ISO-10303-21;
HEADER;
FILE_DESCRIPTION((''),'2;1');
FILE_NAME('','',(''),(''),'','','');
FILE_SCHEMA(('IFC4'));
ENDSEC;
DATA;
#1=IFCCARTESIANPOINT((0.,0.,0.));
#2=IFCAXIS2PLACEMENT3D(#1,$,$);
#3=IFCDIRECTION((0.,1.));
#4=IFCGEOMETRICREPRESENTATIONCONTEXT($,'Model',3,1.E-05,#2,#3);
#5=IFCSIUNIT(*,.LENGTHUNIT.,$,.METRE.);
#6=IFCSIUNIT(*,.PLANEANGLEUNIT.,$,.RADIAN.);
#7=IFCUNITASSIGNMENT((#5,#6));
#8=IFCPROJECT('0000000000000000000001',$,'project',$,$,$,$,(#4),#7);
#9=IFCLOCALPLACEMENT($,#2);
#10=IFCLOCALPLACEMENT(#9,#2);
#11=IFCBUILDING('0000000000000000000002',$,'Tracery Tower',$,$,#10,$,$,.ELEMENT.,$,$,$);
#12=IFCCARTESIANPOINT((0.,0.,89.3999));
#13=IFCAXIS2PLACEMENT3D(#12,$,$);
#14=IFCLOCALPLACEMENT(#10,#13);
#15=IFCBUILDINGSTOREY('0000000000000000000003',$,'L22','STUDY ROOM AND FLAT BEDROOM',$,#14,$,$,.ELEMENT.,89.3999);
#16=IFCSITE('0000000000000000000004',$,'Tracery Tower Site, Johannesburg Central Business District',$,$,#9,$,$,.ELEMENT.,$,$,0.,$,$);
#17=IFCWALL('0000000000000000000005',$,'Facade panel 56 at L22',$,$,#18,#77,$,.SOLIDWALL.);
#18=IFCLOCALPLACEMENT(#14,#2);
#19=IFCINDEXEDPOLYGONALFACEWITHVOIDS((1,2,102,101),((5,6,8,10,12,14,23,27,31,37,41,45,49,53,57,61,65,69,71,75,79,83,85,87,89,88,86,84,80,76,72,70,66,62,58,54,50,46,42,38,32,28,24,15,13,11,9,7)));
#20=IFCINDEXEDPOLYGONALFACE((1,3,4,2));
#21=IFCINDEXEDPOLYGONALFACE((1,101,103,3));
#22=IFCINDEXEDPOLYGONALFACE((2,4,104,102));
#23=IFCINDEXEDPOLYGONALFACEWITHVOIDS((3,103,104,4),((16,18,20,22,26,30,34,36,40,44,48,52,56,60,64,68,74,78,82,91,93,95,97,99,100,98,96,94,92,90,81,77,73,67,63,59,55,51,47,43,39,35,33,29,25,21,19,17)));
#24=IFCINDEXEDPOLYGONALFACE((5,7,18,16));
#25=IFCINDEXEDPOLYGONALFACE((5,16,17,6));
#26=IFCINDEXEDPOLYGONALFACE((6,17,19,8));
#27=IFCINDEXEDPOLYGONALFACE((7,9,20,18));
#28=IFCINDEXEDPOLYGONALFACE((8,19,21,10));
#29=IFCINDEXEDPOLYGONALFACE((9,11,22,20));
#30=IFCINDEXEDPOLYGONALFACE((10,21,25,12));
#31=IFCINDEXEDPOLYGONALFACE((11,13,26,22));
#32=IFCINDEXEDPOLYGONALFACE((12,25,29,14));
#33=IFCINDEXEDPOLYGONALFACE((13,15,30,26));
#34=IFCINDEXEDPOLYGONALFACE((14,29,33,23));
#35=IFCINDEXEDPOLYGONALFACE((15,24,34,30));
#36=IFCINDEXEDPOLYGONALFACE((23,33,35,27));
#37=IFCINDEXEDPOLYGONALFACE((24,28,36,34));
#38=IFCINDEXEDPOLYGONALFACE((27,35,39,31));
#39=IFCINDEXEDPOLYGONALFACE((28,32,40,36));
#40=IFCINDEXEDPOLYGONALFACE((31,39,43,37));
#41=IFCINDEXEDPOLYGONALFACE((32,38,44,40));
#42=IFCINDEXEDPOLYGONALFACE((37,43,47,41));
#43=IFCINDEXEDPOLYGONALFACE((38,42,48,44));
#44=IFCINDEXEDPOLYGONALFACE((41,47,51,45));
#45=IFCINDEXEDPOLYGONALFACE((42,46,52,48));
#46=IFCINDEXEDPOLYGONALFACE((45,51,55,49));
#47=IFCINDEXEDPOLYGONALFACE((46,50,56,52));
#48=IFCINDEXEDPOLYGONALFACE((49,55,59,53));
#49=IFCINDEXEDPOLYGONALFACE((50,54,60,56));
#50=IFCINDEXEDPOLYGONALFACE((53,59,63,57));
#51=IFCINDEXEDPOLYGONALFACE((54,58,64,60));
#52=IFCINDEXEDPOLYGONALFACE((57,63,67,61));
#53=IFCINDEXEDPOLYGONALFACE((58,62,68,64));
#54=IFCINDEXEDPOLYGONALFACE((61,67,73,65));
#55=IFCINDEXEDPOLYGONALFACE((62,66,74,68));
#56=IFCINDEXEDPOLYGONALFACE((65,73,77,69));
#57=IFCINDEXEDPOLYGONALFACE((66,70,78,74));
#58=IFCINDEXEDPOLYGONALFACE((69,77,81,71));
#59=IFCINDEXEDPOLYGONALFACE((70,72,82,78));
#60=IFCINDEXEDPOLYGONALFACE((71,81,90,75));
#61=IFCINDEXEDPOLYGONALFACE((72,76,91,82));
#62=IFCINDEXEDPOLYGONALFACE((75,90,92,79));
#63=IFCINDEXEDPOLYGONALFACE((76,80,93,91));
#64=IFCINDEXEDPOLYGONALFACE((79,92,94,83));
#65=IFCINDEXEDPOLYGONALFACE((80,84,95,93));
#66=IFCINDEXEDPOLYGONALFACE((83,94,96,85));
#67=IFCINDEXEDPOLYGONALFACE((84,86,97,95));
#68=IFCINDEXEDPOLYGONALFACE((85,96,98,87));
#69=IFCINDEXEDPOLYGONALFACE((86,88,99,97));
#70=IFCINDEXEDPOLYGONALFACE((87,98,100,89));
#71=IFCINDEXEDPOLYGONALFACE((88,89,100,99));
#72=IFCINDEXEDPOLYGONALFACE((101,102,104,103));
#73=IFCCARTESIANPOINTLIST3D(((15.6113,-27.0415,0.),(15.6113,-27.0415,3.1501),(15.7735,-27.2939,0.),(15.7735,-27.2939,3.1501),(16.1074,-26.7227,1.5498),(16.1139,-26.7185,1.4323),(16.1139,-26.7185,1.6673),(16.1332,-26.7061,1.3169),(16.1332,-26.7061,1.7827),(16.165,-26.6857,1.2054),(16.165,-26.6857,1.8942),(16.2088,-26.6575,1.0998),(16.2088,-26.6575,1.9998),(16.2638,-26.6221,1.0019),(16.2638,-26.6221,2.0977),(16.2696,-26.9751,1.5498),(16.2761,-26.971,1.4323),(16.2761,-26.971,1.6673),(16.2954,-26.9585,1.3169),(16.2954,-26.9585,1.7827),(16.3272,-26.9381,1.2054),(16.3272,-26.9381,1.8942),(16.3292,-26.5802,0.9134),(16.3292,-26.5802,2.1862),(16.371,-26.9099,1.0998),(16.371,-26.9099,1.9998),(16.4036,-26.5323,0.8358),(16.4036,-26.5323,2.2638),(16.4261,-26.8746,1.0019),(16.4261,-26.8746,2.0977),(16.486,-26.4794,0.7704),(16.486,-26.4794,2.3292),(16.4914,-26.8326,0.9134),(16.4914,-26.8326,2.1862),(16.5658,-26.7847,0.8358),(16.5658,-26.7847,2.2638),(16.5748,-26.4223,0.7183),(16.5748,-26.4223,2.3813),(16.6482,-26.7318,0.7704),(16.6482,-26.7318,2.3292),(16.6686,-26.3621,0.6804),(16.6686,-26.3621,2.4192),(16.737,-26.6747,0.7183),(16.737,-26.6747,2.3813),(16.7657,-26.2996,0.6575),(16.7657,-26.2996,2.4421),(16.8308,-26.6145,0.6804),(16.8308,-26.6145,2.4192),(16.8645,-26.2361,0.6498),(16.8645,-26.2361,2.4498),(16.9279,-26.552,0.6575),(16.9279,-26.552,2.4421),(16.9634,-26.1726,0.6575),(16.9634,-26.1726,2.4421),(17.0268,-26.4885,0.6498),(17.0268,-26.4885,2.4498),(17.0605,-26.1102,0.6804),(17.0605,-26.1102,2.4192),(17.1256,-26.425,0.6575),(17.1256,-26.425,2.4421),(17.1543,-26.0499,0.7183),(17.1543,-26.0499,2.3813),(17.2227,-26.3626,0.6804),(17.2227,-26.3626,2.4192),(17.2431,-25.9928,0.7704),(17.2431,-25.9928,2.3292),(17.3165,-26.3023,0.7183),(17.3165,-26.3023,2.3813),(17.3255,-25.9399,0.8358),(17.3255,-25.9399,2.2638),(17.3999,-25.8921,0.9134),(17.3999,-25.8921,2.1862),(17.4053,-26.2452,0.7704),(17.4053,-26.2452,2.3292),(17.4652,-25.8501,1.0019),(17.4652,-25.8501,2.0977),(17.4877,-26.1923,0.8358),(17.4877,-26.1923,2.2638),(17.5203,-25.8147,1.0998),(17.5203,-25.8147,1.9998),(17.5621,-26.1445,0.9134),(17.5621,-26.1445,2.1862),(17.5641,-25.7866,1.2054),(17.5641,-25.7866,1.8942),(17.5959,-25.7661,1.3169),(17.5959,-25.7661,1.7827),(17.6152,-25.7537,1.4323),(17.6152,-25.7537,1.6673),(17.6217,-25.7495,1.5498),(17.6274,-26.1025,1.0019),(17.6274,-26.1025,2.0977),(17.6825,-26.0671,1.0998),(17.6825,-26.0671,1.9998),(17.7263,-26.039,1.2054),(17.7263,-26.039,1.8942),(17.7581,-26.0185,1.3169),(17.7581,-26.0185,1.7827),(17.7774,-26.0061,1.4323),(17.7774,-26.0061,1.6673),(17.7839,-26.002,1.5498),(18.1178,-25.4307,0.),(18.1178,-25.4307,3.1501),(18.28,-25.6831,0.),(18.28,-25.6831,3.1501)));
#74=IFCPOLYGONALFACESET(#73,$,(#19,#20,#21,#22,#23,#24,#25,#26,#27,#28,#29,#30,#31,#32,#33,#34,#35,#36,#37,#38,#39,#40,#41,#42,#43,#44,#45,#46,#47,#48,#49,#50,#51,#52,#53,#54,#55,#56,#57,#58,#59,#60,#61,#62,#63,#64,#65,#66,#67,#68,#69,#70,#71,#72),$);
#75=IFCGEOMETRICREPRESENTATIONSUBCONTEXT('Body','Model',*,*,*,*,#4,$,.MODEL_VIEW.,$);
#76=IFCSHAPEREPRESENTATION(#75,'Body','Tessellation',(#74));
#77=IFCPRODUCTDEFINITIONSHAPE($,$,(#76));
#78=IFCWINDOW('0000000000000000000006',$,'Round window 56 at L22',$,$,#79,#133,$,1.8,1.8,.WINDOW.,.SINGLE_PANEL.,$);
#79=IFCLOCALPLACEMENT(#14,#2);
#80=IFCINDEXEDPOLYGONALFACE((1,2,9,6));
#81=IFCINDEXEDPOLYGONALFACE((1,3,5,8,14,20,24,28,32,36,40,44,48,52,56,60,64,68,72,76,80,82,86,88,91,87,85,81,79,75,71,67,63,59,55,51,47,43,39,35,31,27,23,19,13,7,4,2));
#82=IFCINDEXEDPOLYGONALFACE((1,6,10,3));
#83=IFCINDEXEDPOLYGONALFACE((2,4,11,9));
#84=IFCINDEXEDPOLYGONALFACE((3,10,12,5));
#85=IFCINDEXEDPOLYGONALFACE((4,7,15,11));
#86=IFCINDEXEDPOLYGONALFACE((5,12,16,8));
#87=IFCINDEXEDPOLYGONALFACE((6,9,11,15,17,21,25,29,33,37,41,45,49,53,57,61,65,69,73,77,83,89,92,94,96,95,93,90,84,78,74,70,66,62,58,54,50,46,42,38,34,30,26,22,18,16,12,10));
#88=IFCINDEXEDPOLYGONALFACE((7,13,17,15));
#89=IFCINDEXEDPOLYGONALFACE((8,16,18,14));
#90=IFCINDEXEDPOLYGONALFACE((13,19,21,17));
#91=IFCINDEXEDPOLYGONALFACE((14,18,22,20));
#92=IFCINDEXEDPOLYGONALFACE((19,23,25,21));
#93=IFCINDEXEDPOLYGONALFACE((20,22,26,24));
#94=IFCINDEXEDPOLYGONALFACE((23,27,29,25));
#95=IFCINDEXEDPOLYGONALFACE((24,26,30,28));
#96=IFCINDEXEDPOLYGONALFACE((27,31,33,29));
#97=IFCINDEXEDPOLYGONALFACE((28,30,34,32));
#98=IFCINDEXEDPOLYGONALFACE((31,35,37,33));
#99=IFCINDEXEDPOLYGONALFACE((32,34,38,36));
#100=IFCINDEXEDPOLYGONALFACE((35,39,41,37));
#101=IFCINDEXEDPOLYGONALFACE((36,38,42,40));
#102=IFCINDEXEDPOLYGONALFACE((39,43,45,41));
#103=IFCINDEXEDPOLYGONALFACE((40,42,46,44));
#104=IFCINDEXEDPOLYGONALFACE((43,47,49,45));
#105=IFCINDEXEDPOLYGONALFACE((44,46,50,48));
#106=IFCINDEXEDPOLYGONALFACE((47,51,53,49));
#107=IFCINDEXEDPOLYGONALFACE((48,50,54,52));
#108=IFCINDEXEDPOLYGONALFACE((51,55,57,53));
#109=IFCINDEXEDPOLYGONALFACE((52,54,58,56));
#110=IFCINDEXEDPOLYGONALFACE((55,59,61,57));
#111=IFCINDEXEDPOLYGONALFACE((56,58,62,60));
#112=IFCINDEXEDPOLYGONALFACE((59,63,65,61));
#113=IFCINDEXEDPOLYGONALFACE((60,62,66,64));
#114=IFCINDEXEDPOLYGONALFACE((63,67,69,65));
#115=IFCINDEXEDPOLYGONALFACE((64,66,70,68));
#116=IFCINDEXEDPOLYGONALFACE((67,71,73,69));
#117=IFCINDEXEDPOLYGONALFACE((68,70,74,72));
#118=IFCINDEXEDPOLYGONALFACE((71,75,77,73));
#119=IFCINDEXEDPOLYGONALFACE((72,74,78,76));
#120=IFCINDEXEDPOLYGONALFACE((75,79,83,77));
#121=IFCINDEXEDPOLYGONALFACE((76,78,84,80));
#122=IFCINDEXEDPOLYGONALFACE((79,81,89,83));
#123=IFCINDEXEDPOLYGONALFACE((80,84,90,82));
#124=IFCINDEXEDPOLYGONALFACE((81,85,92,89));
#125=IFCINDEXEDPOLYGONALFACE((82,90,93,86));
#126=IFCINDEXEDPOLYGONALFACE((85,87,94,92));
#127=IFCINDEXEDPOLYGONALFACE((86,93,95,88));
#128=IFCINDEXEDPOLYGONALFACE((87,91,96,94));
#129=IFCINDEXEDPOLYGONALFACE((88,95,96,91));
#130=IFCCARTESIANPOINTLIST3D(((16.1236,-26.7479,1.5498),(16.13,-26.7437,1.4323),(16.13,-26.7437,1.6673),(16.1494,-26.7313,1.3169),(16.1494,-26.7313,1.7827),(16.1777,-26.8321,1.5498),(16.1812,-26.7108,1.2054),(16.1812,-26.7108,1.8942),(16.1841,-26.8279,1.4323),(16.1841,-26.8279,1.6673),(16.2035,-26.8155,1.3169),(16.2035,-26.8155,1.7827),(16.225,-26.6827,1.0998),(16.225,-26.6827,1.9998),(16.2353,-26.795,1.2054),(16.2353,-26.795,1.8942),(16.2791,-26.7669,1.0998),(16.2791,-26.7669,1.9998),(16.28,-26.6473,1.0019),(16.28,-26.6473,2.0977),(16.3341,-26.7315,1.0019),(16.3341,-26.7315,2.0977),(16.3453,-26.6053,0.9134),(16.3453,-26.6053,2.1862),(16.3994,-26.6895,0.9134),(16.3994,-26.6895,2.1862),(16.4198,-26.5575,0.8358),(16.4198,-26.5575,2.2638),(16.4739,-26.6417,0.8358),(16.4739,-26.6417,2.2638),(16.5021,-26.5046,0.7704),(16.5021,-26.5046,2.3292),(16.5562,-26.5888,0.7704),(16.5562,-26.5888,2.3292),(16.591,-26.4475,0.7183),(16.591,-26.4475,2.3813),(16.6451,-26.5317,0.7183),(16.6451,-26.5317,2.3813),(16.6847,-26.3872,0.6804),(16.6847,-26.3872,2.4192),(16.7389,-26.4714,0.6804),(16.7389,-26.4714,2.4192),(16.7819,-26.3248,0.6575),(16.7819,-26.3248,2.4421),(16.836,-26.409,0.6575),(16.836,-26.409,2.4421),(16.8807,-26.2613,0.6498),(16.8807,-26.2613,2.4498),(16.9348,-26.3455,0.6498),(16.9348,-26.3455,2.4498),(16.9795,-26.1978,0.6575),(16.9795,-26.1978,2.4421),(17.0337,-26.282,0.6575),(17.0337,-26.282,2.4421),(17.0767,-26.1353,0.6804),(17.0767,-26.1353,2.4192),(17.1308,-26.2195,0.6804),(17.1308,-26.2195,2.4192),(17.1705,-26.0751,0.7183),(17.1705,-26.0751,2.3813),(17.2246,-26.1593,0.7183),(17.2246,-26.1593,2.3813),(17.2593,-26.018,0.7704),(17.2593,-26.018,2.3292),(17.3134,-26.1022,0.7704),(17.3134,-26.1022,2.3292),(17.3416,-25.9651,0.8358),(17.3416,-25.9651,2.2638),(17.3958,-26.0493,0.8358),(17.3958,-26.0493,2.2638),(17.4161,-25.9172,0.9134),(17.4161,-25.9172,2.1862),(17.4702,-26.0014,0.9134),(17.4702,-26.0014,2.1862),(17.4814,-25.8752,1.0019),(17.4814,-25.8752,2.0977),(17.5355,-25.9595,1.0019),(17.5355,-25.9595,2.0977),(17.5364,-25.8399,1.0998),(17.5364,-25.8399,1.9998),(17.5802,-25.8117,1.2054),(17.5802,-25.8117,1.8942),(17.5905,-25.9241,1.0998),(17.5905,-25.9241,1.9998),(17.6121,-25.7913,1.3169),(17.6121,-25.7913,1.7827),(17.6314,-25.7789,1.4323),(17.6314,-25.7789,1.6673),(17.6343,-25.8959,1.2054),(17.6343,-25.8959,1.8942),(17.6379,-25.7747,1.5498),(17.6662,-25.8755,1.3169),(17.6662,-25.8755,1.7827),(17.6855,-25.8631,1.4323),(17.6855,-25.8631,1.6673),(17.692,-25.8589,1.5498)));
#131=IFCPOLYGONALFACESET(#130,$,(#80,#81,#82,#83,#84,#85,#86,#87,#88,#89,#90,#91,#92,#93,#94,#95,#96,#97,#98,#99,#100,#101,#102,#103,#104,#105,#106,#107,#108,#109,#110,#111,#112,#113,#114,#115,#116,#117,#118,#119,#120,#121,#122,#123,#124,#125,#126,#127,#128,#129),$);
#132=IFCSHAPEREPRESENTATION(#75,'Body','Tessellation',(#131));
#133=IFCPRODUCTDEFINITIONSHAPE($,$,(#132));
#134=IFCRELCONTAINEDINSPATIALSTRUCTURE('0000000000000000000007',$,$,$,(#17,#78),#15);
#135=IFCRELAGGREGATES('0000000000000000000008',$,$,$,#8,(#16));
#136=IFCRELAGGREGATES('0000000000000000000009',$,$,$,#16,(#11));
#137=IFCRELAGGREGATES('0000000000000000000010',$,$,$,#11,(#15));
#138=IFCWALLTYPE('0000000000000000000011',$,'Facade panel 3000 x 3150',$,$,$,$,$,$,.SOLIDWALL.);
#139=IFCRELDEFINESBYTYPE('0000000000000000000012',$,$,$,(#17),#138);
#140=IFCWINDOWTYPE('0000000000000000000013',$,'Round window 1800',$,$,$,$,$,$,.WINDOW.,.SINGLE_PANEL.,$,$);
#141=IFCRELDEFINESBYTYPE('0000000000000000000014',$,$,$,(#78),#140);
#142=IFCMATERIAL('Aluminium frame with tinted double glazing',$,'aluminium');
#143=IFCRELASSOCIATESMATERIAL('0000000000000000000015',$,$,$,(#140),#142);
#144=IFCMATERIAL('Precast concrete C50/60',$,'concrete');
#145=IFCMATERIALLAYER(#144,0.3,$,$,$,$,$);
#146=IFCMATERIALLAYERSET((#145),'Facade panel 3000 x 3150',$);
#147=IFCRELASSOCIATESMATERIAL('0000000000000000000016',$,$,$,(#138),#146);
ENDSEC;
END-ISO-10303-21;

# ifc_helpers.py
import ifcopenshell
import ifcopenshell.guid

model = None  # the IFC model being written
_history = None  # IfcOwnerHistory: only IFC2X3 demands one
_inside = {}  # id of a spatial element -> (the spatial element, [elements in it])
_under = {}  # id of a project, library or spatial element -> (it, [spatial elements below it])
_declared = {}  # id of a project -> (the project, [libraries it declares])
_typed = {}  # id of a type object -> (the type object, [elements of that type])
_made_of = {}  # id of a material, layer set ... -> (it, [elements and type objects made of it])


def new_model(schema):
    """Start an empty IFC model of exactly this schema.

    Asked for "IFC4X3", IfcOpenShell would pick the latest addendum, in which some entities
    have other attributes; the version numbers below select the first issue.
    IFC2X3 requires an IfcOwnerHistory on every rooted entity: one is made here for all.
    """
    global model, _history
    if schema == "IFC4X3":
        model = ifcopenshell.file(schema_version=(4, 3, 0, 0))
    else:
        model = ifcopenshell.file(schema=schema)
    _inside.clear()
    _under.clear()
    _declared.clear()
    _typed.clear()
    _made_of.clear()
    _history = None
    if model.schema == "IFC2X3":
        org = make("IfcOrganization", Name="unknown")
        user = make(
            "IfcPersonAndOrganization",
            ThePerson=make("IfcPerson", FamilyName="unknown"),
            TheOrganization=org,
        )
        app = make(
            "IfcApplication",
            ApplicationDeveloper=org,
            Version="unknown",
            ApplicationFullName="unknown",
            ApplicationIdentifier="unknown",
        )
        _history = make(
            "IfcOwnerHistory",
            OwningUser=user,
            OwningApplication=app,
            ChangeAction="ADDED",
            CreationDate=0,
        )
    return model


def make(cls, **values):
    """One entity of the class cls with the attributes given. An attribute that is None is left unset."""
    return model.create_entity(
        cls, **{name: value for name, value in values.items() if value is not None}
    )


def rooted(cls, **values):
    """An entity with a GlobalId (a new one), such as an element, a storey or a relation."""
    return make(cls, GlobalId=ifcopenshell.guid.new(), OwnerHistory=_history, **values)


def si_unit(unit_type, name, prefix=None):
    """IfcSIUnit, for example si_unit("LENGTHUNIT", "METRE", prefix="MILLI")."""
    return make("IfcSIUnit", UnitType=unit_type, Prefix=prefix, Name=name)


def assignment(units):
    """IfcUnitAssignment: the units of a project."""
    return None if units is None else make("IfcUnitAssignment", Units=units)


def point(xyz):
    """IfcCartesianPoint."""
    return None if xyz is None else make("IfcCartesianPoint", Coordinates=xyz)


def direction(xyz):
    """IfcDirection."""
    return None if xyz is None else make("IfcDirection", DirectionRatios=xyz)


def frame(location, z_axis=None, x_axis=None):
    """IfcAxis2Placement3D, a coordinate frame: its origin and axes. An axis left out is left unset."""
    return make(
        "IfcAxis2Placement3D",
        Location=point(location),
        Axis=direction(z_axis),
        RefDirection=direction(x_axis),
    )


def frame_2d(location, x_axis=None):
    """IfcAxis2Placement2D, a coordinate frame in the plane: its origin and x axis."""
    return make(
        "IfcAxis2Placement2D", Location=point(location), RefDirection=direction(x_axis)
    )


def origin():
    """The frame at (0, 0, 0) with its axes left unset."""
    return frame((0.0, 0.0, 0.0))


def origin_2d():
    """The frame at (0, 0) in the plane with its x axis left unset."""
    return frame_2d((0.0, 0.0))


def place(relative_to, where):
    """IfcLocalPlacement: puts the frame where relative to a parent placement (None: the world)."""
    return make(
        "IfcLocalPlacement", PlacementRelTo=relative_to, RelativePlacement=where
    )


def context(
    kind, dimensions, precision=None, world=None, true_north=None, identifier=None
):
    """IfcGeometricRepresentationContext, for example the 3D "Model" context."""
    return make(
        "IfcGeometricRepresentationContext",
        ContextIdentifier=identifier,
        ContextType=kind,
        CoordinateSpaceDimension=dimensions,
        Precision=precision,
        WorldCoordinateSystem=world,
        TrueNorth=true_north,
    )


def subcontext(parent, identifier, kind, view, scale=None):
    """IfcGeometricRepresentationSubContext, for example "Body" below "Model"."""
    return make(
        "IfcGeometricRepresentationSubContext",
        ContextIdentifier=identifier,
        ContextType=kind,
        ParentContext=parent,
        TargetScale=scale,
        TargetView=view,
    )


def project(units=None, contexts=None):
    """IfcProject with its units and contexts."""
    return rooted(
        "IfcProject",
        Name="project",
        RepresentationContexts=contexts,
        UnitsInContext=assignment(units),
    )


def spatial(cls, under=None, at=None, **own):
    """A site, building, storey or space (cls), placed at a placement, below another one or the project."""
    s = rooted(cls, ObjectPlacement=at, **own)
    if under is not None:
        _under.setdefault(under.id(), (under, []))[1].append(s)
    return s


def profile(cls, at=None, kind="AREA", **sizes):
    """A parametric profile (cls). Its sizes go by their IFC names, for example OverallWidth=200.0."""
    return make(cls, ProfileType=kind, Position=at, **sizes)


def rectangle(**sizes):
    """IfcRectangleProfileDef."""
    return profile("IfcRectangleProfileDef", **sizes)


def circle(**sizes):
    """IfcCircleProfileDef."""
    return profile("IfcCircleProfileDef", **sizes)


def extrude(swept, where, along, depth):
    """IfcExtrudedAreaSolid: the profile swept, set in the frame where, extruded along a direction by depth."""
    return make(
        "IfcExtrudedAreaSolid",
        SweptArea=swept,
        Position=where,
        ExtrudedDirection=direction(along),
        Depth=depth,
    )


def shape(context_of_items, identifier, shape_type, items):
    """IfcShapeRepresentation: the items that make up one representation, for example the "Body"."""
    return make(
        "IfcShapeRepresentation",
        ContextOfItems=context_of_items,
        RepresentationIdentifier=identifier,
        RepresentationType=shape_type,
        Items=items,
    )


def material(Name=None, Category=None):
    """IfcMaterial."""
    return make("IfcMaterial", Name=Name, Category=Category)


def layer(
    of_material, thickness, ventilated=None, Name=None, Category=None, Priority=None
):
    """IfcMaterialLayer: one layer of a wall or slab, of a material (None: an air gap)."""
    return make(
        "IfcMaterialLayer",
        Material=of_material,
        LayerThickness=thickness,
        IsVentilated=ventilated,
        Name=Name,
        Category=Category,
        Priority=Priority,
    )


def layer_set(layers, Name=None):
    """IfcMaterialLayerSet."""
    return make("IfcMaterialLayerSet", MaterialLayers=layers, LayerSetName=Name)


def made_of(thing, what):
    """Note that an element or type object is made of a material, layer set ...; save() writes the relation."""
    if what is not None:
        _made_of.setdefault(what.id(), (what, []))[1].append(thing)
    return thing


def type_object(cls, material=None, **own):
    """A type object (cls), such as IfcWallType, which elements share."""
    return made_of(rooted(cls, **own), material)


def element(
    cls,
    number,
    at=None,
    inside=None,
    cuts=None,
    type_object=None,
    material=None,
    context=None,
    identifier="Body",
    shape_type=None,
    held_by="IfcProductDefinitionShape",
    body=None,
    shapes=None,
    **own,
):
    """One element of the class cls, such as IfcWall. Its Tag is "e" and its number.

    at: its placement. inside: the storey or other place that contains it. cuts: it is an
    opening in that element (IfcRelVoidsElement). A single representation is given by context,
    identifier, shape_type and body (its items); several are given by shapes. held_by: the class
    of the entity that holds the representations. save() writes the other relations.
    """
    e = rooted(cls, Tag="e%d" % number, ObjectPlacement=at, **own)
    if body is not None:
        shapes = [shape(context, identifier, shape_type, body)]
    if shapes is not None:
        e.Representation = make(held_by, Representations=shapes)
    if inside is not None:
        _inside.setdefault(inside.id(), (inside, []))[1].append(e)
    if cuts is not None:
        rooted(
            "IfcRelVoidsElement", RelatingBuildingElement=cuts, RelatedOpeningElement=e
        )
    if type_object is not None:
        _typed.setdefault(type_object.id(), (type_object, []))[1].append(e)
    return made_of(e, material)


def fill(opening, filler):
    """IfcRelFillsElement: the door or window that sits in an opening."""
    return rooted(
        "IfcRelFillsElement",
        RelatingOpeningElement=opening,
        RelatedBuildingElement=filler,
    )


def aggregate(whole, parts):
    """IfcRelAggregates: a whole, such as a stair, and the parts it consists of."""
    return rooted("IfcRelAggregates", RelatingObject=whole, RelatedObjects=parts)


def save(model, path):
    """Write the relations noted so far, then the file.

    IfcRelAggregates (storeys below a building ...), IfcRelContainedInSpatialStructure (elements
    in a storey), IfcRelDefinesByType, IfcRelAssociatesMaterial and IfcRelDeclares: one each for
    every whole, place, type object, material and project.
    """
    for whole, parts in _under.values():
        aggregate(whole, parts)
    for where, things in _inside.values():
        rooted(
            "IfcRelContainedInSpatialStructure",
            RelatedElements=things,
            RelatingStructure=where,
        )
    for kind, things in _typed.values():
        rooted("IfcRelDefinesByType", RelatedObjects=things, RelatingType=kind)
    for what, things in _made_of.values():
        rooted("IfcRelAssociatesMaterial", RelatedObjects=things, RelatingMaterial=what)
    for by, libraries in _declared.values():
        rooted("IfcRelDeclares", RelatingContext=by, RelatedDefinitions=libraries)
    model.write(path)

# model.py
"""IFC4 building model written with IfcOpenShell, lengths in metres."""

from ifc_helpers import new_model, si_unit, direction, frame, frame_2d, origin, origin_2d, place, context, subcontext, project, spatial, rectangle, circle, extrude, material, layer, layer_set, type_object, element, fill, save


model = new_model("IFC4")

# Units and contexts
model_context = context("Model", 3, precision=1e-05, world=origin(), true_north=direction((0.0, 1.0)))
body_context = subcontext(model_context, "Body", "Model", "MODEL_VIEW")
ifc_project = project(units=[si_unit("LENGTHUNIT", "METRE"), si_unit("PLANEANGLEUNIT", "RADIAN")], contexts=[model_context])

# Site, building, storey
site_placement = place(None, origin())
site = spatial("IfcSite", under=ifc_project, at=site_placement, Name="Tracery Tower Site, Johannesburg Central Business District", CompositionType="ELEMENT", RefElevation=0.0)
building_placement = place(site_placement, origin())
building = spatial("IfcBuilding", under=site, at=building_placement, Name="Tracery Tower", CompositionType="ELEMENT")
storey_placement = place(building_placement, frame((0.0, 0.0, 89.3999)))
storey = spatial("IfcBuildingStorey", under=building, at=storey_placement, Name="L22", Description="STUDY ROOM AND FLAT BEDROOM", CompositionType="ELEMENT", Elevation=89.3999)

# Wall, opening, window
ifc_material_1 = material(Name="Aluminium frame with tinted double glazing", Category="aluminium")
window_type = type_object("IfcWindowType", Name="Round window 1800", PartitioningType="SINGLE_PANEL", PredefinedType="WINDOW", material=ifc_material_1)
ifc_material_2 = material(Name="Precast concrete C50/60", Category="concrete")
ifc_layer_1 = layer(ifc_material_2, 0.3)
ifc_layer_set_1 = layer_set([ifc_layer_1], Name="Facade panel 3000 x 3150")
wall_type_1 = type_object("IfcWallType", Name="Facade panel 3000 x 3150", PredefinedType="SOLIDWALL", material=ifc_layer_set_1)
wall_1_placement = place(storey_placement, frame((15.6924, -27.1677, 0.0), z_axis=(0.0, 0.0, 1.0), x_axis=(0.841261, 0.540629, 0.0)))
wall_1 = element("IfcWall", 1, at=wall_1_placement, inside=storey, type_object=wall_type_1, Name="Facade panel 56 at L22", PredefinedType="SOLIDWALL", context=body_context, shape_type="SweptSolid", body=[
    extrude(rectangle(XDim=2.9795, YDim=0.3, at=frame_2d((1.4897, 0.0))), origin(), (0.0, 0.0, 1.0), 3.1501),
])
opening_1_placement = place(wall_1_placement, frame((1.4897, 0.0, 1.5498)))
opening_1 = element("IfcOpeningElement", 2, at=opening_1_placement, cuts=wall_1, PredefinedType="OPENING", context=body_context, shape_type="SweptSolid", body=[
    extrude(circle(Radius=0.9, at=origin_2d()), frame((0.0, 0.1599, 0.0), z_axis=(0.0, -1.0, 0.0), x_axis=(1.0, 0.0, 0.0)), (0.0, 0.0, 1.0), 0.3201),
])
window_1_placement = place(opening_1_placement, origin())
window_1 = element("IfcWindow", 3, at=window_1_placement, inside=storey, type_object=window_type, Name="Round window 56 at L22", OverallHeight=1.8, OverallWidth=1.8, PartitioningType="SINGLE_PANEL", PredefinedType="WINDOW", context=body_context, shape_type="SweptSolid", body=[
    extrude(circle(Radius=0.9, at=origin_2d()), frame((0.0, 0.1201, 0.0), z_axis=(0.0, -1.0, 0.0), x_axis=(1.0, 0.0, 0.0)), (0.0, 0.0, 1.0), 0.1001),
])
fill(opening_1, window_1)

save(model, "model.ifc")
